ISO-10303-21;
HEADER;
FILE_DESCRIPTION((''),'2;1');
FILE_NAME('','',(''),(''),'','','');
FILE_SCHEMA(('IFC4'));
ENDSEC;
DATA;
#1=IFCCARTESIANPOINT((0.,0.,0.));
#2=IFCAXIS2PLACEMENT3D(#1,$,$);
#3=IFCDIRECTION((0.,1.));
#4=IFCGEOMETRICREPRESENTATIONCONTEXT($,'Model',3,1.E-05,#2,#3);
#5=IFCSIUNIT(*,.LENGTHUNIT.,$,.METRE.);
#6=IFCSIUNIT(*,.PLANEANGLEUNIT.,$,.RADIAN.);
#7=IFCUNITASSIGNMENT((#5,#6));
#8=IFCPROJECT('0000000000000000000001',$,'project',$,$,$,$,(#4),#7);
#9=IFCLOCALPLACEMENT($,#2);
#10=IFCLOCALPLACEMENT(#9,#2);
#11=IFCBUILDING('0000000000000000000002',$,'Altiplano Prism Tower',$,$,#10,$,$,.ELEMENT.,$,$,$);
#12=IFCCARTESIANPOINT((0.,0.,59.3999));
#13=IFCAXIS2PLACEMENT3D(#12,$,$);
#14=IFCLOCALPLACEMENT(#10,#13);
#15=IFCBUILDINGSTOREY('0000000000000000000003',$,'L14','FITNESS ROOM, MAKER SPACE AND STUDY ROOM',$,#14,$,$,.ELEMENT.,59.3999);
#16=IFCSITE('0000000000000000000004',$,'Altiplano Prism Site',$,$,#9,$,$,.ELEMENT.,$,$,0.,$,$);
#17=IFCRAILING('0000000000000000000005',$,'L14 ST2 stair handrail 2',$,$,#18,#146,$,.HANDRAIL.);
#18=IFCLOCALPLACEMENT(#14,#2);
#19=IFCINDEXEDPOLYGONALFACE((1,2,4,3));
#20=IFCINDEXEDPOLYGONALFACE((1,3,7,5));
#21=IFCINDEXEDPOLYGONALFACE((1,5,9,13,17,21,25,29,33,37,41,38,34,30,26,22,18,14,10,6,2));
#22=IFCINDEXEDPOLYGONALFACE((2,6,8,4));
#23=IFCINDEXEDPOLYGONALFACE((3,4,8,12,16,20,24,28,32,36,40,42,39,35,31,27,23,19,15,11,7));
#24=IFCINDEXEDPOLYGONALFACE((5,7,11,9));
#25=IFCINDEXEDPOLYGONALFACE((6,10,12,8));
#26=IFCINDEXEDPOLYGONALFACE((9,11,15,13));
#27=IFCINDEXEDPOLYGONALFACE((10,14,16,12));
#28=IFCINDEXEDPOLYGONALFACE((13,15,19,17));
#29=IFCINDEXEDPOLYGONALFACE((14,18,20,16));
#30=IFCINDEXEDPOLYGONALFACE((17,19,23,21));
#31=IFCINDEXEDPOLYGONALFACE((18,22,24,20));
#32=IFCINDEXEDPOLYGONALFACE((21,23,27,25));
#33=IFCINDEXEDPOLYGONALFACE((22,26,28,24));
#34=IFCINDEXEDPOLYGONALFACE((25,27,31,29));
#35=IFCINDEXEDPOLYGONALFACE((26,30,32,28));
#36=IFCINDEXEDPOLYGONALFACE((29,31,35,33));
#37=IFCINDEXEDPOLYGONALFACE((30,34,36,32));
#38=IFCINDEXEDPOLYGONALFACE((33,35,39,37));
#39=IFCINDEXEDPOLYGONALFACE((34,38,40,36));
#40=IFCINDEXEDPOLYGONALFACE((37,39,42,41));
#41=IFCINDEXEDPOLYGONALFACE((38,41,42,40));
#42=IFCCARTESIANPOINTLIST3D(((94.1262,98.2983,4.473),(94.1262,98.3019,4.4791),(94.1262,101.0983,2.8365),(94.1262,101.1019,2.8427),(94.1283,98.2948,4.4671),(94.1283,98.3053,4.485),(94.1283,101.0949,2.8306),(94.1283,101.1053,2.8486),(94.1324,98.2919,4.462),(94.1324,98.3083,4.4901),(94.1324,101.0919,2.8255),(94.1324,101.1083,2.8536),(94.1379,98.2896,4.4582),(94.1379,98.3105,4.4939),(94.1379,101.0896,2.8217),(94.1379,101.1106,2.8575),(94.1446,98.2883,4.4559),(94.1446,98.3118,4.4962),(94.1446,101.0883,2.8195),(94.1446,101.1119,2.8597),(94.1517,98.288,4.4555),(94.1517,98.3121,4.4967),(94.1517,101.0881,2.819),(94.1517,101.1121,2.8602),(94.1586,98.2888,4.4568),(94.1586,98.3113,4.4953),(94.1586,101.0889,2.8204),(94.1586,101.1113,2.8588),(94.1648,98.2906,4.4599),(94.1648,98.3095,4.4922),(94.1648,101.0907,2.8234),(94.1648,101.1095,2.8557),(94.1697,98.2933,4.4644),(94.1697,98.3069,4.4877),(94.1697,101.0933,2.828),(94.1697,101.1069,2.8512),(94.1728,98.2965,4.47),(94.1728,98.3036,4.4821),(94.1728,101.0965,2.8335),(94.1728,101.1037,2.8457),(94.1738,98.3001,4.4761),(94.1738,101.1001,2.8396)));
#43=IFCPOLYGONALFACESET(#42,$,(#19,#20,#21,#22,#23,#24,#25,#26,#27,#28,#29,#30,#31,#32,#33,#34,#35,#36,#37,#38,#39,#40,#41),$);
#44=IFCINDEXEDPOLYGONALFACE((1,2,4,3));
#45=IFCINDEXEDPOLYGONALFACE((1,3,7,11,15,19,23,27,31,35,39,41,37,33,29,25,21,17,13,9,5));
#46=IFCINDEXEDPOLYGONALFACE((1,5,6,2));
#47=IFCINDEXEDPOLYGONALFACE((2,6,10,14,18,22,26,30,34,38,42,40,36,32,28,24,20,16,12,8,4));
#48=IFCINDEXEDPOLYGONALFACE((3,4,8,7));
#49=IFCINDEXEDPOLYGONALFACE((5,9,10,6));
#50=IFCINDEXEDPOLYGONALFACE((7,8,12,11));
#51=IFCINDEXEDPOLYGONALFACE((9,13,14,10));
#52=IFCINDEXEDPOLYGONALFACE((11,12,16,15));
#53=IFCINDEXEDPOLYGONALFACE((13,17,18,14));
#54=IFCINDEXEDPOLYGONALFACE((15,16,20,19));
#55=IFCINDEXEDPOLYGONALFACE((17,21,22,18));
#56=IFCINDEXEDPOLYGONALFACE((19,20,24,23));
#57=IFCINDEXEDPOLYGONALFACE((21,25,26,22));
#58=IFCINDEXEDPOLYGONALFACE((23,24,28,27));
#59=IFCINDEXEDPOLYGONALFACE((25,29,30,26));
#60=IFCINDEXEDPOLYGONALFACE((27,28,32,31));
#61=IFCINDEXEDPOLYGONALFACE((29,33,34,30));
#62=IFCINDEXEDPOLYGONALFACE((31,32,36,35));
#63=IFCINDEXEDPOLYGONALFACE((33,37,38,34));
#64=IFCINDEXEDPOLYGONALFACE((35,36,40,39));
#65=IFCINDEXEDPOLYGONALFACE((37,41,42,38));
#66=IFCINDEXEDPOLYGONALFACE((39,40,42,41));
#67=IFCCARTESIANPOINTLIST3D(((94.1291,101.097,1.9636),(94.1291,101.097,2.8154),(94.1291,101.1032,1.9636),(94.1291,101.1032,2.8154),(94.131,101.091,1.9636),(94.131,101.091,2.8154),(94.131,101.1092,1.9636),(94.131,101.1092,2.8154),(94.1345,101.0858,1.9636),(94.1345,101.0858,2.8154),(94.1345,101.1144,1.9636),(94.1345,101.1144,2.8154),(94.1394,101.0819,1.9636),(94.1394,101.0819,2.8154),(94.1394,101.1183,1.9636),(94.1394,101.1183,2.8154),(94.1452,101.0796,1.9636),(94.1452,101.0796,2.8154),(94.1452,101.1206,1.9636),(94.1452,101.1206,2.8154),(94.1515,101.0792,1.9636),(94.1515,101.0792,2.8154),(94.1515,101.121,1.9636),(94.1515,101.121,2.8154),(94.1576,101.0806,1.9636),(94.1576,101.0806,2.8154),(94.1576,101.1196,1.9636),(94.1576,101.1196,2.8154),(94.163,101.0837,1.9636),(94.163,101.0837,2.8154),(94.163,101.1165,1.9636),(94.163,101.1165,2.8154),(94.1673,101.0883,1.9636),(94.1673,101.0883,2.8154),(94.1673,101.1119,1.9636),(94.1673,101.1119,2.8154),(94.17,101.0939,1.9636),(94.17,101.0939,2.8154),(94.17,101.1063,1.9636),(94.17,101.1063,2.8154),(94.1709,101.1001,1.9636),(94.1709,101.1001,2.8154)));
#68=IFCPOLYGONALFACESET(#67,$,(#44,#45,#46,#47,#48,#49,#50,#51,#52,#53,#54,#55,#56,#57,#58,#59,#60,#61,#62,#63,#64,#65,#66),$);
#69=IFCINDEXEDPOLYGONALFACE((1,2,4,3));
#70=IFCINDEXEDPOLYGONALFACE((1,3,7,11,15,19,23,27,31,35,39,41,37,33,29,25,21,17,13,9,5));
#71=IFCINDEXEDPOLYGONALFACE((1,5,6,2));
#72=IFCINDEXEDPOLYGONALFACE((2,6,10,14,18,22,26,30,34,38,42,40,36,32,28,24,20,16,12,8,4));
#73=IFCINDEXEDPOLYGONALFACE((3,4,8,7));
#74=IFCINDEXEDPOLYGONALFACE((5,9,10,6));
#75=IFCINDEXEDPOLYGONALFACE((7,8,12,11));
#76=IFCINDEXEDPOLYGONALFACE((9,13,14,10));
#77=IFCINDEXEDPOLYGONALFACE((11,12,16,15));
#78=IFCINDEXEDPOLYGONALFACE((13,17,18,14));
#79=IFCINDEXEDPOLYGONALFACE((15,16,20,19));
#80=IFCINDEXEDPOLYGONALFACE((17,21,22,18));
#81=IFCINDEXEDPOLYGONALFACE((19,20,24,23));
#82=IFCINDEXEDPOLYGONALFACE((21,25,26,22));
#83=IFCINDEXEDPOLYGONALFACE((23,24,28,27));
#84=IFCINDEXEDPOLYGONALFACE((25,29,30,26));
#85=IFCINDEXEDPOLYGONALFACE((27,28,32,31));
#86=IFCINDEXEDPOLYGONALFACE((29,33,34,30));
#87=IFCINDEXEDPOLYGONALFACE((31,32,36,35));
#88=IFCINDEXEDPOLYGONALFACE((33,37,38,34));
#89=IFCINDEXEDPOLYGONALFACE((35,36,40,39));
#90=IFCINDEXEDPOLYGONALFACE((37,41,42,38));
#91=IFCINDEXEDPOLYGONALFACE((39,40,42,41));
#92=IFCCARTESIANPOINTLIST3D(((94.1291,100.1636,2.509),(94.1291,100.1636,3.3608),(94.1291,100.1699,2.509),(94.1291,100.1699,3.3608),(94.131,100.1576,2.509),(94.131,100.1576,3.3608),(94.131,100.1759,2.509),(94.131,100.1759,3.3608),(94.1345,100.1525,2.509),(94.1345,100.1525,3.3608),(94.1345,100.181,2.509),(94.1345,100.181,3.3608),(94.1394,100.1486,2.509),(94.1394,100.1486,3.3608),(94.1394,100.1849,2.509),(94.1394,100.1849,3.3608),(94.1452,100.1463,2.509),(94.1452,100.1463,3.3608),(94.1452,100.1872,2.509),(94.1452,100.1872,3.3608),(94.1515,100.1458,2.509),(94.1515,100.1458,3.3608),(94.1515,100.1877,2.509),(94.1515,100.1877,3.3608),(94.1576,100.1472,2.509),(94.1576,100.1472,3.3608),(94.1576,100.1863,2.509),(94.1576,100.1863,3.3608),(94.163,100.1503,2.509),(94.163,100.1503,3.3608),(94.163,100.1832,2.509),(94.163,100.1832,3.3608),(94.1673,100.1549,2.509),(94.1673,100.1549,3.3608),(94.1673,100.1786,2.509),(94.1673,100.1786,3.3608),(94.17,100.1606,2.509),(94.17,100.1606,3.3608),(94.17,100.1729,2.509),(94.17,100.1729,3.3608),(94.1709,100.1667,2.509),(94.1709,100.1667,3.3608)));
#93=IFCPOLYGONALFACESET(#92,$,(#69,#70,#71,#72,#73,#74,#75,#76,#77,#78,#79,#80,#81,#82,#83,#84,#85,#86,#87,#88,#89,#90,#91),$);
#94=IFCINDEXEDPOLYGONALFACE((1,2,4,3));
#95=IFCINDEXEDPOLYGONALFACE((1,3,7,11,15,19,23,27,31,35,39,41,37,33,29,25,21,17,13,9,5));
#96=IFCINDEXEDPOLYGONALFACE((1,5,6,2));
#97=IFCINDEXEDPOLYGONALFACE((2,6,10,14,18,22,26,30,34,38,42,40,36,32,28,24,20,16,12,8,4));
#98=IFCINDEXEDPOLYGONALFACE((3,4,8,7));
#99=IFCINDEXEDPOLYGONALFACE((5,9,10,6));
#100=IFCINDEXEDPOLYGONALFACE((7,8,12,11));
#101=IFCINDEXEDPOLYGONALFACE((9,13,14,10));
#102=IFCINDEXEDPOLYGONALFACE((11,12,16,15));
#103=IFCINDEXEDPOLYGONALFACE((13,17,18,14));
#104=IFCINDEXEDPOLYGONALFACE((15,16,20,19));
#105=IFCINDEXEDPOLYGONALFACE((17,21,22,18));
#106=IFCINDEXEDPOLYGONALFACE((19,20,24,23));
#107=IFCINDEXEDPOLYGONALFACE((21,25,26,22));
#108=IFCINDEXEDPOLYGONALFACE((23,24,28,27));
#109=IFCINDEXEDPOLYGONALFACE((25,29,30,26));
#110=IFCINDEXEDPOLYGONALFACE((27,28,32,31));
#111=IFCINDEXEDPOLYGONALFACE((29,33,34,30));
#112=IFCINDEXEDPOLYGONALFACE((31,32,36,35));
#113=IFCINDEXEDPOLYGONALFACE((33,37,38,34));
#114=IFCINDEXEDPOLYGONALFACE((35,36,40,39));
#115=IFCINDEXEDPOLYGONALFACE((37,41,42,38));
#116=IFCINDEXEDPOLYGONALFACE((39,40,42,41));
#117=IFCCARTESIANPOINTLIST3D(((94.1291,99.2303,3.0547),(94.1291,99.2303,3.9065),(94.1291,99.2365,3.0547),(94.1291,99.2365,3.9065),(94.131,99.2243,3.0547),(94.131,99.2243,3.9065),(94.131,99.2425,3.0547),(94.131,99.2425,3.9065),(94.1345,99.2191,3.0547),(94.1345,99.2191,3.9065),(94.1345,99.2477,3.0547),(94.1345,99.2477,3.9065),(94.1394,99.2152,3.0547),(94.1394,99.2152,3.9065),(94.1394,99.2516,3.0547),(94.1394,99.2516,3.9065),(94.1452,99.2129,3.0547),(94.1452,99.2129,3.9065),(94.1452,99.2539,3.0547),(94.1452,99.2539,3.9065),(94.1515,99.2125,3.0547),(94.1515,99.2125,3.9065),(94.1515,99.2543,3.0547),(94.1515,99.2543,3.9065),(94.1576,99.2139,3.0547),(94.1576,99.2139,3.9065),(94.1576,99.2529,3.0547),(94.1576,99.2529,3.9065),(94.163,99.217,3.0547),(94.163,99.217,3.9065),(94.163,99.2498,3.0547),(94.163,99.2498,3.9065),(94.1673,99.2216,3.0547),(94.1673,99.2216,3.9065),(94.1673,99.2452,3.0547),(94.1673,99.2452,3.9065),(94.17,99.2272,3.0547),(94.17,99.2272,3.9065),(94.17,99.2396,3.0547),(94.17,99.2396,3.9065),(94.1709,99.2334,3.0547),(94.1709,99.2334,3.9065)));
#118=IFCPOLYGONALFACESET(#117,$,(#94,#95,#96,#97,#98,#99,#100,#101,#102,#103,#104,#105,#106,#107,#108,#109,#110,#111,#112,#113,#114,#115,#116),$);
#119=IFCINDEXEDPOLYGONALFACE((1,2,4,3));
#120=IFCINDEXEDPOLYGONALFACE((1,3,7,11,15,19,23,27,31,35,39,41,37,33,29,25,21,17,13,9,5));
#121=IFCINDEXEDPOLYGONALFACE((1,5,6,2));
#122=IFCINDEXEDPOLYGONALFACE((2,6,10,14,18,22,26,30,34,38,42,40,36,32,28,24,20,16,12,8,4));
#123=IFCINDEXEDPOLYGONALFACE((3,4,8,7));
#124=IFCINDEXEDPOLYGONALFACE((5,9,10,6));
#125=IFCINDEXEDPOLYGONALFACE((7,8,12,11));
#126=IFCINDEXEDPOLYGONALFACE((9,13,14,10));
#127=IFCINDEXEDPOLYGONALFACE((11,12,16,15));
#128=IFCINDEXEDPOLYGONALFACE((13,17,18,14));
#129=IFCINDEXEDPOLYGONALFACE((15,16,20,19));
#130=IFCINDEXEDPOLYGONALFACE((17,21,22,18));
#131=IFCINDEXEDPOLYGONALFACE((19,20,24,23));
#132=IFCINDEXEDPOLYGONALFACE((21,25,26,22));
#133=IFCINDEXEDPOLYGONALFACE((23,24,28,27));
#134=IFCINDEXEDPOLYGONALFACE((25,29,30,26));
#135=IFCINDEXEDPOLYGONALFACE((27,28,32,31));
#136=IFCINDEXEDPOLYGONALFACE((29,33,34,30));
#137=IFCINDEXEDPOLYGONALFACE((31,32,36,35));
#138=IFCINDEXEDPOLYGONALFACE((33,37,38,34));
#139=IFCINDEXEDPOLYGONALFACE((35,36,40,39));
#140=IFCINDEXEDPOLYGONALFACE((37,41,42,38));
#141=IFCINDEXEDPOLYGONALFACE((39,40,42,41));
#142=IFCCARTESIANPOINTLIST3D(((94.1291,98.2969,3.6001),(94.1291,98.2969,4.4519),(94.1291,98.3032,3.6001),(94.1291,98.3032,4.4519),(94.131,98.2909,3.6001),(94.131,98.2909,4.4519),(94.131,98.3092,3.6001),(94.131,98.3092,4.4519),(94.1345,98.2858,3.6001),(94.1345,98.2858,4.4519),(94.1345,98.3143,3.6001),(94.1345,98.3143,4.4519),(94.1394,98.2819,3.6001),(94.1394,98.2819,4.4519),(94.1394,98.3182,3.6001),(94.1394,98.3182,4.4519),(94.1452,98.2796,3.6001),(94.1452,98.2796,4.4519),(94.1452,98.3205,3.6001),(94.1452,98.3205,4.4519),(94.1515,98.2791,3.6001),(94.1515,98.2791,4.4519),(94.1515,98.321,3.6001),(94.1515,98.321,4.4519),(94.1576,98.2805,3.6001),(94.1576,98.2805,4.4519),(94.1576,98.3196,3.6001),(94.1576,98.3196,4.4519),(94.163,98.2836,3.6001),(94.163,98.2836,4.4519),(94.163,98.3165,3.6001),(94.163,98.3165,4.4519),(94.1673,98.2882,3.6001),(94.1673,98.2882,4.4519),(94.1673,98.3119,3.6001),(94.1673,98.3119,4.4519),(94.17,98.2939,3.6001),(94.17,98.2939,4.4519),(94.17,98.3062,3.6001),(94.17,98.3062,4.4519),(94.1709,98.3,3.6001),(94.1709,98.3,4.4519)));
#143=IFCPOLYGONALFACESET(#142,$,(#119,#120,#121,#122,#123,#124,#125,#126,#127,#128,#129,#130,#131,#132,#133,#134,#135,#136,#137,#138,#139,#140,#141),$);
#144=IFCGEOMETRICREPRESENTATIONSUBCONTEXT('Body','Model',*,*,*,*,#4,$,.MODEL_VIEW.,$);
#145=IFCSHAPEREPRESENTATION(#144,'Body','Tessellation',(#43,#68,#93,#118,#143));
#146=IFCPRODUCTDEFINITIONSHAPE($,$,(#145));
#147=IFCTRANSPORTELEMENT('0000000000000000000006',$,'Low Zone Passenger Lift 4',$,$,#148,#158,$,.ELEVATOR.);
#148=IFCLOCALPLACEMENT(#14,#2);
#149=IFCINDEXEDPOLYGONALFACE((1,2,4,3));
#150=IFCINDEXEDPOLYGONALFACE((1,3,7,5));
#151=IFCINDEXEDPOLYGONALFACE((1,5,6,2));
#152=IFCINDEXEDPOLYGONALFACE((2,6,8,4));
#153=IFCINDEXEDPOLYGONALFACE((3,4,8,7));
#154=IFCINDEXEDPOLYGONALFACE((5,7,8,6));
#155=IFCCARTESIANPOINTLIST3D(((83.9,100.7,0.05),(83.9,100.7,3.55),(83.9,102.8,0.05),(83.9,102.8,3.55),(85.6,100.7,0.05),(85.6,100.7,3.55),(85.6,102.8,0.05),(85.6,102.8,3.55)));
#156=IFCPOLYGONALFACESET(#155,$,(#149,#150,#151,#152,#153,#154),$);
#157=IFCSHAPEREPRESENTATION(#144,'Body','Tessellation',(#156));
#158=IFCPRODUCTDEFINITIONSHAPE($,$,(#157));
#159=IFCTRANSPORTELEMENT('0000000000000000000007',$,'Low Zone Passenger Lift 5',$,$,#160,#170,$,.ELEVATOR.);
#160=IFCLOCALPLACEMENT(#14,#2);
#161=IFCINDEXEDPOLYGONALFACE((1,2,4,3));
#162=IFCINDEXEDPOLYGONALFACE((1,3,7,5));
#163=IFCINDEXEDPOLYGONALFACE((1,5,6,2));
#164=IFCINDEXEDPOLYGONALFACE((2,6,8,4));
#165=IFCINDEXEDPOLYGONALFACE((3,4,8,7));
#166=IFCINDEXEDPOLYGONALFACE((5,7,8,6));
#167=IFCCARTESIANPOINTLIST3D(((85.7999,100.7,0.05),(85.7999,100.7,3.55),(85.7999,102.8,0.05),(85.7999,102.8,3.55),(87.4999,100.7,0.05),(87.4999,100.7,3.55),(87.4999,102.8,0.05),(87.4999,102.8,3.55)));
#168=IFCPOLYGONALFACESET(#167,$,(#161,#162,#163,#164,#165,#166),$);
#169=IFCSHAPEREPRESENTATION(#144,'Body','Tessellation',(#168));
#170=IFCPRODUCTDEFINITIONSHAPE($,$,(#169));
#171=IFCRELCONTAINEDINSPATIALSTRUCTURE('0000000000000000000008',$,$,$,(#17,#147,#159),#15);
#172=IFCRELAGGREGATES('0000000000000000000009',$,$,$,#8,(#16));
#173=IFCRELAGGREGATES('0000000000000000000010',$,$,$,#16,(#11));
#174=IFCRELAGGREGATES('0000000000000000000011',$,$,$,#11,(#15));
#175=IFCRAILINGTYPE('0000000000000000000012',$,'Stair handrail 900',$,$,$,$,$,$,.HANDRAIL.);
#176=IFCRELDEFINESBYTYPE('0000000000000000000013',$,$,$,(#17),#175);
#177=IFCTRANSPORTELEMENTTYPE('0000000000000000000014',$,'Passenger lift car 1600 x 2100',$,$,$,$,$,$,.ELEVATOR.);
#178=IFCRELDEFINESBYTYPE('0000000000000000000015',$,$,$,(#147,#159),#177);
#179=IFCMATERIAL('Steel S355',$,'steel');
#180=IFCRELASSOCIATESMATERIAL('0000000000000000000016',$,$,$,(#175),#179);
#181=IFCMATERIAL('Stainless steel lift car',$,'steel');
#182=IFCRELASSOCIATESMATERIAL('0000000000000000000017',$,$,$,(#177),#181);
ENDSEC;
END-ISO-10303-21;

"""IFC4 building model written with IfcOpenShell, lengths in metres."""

from ifc_helpers import new_model, si_unit, direction, frame, origin, origin_2d, place, context, subcontext, project, spatial, rectangle, circle, extrude, material, type_object, element, save


model = new_model("IFC4")

# Units and contexts
model_context = context("Model", 3, precision=1e-05, world=origin(), true_north=direction((0.0, 1.0)))
body_context = subcontext(model_context, "Body", "Model", "MODEL_VIEW")
ifc_project = project(units=[si_unit("LENGTHUNIT", "METRE"), si_unit("PLANEANGLEUNIT", "RADIAN")], contexts=[model_context])

# Site, building, storey
site_placement = place(None, origin())
site = spatial("IfcSite", under=ifc_project, at=site_placement, Name="Altiplano Prism Site", CompositionType="ELEMENT", RefElevation=0.0)
building_placement = place(site_placement, origin())
building = spatial("IfcBuilding", under=site, at=building_placement, Name="Altiplano Prism Tower", CompositionType="ELEMENT")
storey_placement = place(building_placement, frame((0.0, 0.0, 59.3999)))
storey = spatial("IfcBuildingStorey", under=building, at=storey_placement, Name="L14", Description="FITNESS ROOM, MAKER SPACE AND STUDY ROOM", CompositionType="ELEMENT", Elevation=59.3999)

# Railing
ifc_material_1 = material(Name="Steel S355", Category="steel")
railing_type_1 = type_object("IfcRailingType", Name="Stair handrail 900", PredefinedType="HANDRAIL", material=ifc_material_1)
railing_1_placement = place(storey_placement, frame((94.1499, 101.1001, 1.9636)))
element("IfcRailing", 1, at=railing_1_placement, inside=storey, type_object=railing_type_1, Name="L14 ST2 stair handrail 2", PredefinedType="HANDRAIL", context=body_context, shape_type="SweptSolid", body=[
    extrude(circle(Radius=0.0239, at=origin_2d()), frame((0.0, 0.0, 0.876), z_axis=(0.0, -0.863361, 0.504587), x_axis=(1.0, 0.0, 0.0)), (0.0, 0.0, 1.0), 3.2432),
    extrude(circle(Radius=0.021, at=origin_2d()), origin(), (0.0, 0.0, 1.0), 0.8518),
    extrude(circle(Radius=0.021, at=origin_2d()), frame((0.0, -0.9333, 0.5454)), (0.0, 0.0, 1.0), 0.8518),
    extrude(circle(Radius=0.021, at=origin_2d()), frame((0.0, -1.8667, 1.0911)), (0.0, 0.0, 1.0), 0.8518),
    extrude(circle(Radius=0.021, at=origin_2d()), frame((0.0, -2.8, 1.6365)), (0.0, 0.0, 1.0), 0.8518),
])

# Transport elements
ifc_material_2 = material(Name="Stainless steel lift car", Category="steel")
transport_element_type = type_object("IfcTransportElementType", Name="Passenger lift car 1600 x 2100", PredefinedType="ELEVATOR", material=ifc_material_2)
for number, where, z_axis, x_axis, name in (
    (2, (84.75, 101.75, 0.05), (0.0, 0.0, 1.0), (1.0, 0.0, 0.0), "Low Zone Passenger Lift 4"),
    (3, (86.6499, 101.75, 0.05), (0.0, 0.0, 1.0), (1.0, 0.0, 0.0), "Low Zone Passenger Lift 5"),
):
    element("IfcTransportElement", number, at=place(storey_placement, frame(where, z_axis=z_axis, x_axis=x_axis)), inside=storey, type_object=transport_element_type, Name=name, PredefinedType="ELEVATOR", context=body_context, shape_type="SweptSolid", body=[
        extrude(rectangle(XDim=1.7, YDim=2.1001, at=origin_2d()), origin(), (0.0, 0.0, 1.0), 3.5),
    ])

save(model, "model.ifc")
